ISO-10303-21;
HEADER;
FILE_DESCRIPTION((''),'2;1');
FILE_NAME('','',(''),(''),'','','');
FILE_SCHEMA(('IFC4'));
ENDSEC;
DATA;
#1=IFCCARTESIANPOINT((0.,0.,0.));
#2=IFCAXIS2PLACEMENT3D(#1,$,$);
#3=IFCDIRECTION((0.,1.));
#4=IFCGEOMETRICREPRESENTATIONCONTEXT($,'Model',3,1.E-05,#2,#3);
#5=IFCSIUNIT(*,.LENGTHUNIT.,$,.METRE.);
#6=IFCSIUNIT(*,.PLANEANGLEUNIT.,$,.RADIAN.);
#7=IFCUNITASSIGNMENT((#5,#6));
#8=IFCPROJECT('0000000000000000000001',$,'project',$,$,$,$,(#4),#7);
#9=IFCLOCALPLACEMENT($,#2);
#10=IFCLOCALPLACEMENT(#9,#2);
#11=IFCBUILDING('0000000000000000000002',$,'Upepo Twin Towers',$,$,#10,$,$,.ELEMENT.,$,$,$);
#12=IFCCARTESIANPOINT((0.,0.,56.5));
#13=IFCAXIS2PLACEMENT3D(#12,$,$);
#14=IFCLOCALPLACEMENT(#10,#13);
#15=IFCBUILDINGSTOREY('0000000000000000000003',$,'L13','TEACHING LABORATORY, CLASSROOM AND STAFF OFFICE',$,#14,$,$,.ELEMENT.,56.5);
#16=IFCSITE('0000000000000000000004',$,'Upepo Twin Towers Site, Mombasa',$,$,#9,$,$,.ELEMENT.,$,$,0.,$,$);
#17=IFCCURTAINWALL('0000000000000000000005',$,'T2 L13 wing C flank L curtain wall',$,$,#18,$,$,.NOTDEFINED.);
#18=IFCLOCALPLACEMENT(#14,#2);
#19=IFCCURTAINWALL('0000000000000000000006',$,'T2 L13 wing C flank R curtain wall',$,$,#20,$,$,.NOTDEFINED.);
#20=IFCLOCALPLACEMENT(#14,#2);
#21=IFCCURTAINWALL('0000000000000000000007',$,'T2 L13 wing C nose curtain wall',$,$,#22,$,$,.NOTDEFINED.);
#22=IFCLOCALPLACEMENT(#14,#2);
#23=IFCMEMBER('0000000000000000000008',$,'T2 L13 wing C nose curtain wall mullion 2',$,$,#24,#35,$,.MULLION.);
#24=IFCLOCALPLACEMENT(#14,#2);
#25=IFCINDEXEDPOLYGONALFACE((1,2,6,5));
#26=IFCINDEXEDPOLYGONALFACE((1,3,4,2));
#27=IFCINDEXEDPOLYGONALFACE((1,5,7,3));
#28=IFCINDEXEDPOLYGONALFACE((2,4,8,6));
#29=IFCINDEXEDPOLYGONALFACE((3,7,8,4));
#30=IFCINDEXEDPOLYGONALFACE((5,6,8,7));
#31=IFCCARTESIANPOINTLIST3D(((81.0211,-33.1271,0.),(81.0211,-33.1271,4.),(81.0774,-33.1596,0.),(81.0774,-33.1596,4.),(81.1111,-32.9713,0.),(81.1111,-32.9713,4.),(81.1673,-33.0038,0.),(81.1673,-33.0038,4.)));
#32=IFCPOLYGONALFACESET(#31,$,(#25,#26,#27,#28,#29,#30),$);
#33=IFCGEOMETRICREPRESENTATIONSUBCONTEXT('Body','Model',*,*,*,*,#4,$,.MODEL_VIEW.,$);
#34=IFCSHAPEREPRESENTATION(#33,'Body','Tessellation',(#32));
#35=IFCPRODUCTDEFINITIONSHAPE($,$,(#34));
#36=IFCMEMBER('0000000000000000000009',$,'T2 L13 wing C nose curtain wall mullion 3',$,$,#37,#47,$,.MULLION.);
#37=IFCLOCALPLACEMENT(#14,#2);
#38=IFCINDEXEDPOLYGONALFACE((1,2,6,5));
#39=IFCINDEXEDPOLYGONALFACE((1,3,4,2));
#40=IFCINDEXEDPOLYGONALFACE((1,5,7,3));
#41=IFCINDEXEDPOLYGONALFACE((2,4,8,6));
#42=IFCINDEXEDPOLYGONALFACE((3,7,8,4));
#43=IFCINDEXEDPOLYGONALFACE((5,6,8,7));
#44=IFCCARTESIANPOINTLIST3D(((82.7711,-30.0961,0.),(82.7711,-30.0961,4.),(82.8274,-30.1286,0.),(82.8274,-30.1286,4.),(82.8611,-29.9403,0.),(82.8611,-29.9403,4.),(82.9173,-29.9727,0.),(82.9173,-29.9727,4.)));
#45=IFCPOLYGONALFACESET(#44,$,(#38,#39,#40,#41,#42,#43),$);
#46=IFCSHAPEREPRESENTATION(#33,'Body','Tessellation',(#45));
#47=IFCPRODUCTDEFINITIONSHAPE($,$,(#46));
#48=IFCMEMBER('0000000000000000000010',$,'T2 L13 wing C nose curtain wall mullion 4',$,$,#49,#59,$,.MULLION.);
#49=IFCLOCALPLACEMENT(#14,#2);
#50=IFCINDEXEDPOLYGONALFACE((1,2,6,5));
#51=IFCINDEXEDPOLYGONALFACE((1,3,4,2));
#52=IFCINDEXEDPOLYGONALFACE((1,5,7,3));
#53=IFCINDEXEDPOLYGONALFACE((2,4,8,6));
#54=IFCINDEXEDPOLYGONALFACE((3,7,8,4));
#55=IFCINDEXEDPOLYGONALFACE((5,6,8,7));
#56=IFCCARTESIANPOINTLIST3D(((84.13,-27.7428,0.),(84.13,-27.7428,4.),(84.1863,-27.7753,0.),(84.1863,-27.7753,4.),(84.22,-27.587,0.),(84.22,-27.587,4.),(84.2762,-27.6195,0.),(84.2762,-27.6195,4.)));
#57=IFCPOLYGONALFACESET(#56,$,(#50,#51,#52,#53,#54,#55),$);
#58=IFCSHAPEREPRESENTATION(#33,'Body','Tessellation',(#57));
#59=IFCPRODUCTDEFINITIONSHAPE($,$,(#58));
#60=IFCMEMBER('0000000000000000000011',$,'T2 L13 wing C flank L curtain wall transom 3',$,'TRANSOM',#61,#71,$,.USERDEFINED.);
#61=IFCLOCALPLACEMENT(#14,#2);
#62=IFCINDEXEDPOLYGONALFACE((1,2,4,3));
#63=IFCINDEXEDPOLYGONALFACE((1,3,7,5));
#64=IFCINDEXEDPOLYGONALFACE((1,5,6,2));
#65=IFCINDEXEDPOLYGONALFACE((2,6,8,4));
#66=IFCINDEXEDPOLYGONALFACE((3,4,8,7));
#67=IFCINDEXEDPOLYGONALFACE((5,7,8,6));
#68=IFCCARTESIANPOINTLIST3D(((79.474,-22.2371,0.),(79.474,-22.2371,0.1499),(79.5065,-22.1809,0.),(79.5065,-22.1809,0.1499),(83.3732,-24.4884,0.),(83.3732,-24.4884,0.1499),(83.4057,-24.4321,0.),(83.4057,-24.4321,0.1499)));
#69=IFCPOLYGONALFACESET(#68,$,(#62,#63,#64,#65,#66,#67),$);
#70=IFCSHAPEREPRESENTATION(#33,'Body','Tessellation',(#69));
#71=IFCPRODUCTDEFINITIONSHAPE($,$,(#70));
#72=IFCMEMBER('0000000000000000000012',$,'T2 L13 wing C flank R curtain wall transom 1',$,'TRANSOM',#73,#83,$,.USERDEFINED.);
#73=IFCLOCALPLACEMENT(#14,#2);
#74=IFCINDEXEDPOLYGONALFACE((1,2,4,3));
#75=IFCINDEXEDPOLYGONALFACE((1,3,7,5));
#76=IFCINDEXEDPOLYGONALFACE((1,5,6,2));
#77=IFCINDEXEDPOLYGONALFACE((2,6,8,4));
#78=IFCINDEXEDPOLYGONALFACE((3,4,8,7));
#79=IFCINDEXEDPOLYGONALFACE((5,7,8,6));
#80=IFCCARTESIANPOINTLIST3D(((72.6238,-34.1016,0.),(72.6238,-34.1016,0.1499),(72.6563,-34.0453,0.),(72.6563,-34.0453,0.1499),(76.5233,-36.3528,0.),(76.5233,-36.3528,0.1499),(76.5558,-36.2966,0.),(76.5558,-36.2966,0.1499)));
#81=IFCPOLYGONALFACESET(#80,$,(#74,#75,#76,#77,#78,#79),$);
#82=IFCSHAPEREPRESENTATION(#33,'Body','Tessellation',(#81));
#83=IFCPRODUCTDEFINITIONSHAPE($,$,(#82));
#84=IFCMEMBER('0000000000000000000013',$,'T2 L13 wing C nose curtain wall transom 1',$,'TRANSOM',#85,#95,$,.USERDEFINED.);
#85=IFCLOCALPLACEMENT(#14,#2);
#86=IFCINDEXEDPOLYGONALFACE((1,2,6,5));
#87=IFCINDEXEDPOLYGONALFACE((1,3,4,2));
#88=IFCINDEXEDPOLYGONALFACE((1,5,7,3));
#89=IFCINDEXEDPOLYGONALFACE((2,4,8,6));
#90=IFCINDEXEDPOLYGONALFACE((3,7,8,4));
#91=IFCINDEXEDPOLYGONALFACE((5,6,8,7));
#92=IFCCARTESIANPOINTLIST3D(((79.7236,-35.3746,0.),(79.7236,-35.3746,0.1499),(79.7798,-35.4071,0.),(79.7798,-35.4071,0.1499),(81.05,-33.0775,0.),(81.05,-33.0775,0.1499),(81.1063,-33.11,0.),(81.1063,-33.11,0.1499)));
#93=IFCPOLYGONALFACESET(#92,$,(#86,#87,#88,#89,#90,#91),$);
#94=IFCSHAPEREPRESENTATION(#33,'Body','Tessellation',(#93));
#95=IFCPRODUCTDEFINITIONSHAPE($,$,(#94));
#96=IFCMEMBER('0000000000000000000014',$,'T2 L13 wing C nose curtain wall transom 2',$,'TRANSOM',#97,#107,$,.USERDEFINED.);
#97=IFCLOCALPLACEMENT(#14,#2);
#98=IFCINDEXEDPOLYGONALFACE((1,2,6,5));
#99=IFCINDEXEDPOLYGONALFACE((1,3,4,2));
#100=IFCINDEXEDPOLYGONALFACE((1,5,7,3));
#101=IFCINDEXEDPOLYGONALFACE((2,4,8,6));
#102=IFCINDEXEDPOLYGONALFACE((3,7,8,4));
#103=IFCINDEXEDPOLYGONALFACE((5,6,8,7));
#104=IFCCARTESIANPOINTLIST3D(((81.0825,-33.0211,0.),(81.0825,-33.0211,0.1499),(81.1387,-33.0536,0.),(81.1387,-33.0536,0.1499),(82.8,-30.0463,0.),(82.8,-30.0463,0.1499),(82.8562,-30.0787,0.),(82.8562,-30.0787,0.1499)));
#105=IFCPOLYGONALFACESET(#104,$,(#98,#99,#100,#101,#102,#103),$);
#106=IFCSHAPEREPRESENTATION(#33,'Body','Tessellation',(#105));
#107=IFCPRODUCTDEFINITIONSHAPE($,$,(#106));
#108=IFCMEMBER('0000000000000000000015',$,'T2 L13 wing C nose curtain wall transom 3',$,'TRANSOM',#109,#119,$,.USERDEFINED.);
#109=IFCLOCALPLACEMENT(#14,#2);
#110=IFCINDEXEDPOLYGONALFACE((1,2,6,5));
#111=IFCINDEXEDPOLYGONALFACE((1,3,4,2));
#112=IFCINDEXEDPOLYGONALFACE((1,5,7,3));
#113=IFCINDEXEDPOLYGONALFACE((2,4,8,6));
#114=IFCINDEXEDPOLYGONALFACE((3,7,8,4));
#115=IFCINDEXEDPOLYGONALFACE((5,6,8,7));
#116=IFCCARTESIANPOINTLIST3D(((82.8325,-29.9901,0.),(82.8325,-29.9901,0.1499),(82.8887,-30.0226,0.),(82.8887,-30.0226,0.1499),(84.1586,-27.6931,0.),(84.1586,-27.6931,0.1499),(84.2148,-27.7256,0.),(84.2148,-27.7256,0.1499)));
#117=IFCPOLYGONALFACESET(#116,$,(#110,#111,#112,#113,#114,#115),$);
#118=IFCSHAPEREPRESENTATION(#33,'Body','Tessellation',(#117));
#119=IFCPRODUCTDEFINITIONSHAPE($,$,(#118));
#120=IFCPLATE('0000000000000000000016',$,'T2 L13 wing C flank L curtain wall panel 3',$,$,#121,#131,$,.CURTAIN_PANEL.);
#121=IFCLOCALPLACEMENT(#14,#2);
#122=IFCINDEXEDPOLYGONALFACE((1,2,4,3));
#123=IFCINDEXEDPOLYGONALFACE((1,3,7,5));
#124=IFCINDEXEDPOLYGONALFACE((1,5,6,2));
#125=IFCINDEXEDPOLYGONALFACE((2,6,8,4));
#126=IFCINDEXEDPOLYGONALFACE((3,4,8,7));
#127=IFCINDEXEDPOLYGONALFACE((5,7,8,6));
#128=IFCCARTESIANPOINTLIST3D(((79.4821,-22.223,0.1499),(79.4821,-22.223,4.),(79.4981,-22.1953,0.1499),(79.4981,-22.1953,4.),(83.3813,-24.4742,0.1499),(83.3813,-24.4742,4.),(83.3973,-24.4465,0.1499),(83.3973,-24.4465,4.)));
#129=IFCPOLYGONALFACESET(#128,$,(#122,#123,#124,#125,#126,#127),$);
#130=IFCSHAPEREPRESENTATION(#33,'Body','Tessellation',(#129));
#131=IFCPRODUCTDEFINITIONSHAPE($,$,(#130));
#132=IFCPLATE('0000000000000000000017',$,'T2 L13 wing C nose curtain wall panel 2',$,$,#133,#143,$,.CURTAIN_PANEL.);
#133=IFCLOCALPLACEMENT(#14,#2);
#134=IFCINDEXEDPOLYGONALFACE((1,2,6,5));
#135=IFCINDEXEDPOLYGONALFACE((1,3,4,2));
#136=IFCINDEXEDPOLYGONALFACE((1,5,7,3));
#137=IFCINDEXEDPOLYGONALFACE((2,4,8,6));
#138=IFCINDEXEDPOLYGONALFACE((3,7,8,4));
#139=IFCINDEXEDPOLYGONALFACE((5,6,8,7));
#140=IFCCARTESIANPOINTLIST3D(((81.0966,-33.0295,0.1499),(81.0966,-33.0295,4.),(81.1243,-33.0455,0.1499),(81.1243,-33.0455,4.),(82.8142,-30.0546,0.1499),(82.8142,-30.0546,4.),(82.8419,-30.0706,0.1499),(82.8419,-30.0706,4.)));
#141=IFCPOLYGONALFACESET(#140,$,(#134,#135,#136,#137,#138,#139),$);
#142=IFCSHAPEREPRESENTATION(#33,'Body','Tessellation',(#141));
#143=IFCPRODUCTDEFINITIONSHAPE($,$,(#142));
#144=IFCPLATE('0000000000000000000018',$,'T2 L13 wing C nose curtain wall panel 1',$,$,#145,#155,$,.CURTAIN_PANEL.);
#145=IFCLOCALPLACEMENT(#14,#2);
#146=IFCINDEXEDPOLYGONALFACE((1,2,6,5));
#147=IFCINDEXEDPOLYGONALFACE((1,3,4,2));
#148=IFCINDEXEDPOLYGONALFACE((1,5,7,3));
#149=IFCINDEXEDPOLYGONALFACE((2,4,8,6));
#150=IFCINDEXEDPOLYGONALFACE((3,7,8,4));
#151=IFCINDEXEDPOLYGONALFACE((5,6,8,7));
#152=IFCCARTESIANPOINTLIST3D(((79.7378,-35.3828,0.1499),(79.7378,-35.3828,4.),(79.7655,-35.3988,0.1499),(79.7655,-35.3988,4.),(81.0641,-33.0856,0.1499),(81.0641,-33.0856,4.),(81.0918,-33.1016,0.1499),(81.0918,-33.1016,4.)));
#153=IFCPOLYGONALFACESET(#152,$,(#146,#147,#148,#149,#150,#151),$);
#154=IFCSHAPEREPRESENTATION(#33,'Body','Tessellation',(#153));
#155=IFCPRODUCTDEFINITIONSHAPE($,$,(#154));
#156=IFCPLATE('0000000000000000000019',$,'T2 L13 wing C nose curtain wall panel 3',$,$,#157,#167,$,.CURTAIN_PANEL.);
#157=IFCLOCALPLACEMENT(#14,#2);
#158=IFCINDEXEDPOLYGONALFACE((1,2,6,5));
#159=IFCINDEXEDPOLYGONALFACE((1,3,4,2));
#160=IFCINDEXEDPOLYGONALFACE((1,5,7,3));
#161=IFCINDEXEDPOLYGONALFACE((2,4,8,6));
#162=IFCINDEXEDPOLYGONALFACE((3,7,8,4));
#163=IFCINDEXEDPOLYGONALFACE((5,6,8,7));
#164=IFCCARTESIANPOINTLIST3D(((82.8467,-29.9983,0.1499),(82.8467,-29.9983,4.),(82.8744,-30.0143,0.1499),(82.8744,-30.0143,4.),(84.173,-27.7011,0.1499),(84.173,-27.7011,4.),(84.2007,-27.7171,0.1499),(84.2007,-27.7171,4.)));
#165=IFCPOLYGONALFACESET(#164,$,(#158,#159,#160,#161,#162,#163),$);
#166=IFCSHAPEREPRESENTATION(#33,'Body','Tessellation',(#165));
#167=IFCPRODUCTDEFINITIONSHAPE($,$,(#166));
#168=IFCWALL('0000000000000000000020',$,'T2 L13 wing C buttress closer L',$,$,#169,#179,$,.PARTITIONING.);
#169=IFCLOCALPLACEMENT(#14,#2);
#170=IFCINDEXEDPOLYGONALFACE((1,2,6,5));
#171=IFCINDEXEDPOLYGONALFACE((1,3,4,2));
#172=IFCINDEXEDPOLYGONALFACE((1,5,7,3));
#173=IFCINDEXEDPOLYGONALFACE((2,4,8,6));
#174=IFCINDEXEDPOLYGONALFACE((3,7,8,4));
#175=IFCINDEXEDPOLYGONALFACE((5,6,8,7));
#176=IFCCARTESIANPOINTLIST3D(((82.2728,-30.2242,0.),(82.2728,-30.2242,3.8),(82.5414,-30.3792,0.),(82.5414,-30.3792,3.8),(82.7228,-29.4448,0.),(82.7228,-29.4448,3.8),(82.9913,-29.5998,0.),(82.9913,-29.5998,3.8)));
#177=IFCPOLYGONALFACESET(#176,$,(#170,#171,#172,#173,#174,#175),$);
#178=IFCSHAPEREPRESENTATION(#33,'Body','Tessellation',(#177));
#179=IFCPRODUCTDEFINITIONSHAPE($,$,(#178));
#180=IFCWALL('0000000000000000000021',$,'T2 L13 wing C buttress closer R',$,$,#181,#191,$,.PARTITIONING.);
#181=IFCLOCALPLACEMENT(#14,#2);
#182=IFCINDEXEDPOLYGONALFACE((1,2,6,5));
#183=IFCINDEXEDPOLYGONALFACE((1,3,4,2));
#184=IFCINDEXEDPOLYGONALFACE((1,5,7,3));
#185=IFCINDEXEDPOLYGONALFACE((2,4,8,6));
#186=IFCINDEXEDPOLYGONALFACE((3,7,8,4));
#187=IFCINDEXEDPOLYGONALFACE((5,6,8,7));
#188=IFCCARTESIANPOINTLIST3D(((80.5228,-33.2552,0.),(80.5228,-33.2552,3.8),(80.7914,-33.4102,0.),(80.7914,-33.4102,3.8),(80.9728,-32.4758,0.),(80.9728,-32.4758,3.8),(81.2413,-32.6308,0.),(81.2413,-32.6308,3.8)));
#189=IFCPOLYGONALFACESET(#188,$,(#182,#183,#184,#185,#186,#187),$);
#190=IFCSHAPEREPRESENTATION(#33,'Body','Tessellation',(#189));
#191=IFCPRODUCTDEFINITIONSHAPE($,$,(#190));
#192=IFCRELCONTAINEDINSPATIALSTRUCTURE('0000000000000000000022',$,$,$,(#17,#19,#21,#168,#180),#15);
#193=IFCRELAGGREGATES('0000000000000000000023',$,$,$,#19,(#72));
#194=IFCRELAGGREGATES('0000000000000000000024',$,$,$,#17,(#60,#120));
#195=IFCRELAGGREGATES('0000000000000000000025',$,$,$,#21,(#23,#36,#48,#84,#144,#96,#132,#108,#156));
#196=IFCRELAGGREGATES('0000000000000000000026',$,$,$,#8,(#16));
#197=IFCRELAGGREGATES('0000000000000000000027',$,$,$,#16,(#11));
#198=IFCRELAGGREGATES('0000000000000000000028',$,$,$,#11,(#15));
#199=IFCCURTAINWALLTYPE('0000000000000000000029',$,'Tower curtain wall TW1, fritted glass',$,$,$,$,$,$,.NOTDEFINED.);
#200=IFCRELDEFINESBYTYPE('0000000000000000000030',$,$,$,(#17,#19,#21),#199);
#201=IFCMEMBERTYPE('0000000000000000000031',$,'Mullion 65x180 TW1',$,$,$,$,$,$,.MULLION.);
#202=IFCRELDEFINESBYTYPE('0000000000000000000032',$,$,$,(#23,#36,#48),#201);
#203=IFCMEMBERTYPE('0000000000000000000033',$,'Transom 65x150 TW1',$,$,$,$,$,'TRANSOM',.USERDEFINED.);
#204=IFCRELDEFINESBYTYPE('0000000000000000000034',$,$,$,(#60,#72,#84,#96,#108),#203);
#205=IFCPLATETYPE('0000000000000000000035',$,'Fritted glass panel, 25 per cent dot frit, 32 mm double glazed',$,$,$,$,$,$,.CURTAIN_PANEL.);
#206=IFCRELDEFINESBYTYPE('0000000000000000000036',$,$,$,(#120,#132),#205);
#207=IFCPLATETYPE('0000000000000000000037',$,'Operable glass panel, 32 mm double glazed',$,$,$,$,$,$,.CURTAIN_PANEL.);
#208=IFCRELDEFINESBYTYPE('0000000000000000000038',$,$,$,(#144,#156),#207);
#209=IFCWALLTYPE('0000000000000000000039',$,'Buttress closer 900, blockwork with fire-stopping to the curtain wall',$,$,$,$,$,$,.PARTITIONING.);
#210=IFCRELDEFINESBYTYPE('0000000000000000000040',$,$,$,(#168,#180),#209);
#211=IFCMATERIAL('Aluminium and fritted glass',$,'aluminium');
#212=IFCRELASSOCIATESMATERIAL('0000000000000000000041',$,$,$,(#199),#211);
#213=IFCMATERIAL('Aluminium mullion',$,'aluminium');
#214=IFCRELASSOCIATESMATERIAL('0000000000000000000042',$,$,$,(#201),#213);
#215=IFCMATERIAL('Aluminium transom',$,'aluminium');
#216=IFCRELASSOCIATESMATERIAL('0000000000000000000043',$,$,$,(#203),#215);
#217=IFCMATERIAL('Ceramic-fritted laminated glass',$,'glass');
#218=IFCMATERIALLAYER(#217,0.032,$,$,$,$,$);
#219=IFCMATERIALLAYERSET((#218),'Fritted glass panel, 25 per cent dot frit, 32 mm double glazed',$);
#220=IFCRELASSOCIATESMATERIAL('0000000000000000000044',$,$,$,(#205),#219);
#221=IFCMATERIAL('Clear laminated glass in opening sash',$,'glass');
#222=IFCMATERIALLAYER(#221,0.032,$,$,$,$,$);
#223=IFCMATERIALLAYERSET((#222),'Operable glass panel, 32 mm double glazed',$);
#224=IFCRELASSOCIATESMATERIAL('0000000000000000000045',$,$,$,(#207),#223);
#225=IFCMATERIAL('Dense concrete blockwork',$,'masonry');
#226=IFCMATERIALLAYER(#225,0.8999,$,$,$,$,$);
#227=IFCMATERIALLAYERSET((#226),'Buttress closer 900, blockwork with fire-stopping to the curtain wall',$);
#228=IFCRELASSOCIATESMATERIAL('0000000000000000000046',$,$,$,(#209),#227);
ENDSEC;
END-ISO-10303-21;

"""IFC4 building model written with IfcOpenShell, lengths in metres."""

from ifc_helpers import new_model, si_unit, direction, frame, frame_2d, origin, origin_2d, place, context, subcontext, project, spatial, rectangle, extrude, material, layer, layer_set, material_profile, profile_set, type_object, element, aggregate, save


model = new_model("IFC4")

# Units and contexts
model_context = context("Model", 3, precision=1e-05, world=origin(), true_north=direction((0.0, 1.0)))
body_context = subcontext(model_context, "Body", "Model", "MODEL_VIEW")
ifc_project = project(units=[si_unit("LENGTHUNIT", "METRE"), si_unit("PLANEANGLEUNIT", "RADIAN")], contexts=[model_context])

# Site, building, storey
site_placement = place(None, origin())
site = spatial("IfcSite", under=ifc_project, at=site_placement, Name="Upepo Twin Towers Site, Mombasa", CompositionType="ELEMENT", RefElevation=0.0)
building_placement = place(site_placement, origin())
building = spatial("IfcBuilding", under=site, at=building_placement, Name="Upepo Twin Towers", CompositionType="ELEMENT")
storey_placement = place(building_placement, frame((0.0, 0.0, 56.5)))
storey = spatial("IfcBuildingStorey", under=building, at=storey_placement, Name="L13", Description="TEACHING LABORATORY, CLASSROOM AND STAFF OFFICE", CompositionType="ELEMENT", Elevation=56.5)

# Curtain wall
ifc_material_1 = material(Name="Aluminium and fritted glass", Category="aluminium")
curtain_wall_type = type_object("IfcCurtainWallType", Name="Tower curtain wall TW1, fritted glass", PredefinedType="NOTDEFINED", material=ifc_material_1)
curtain_wall_1_placement = place(storey_placement, origin())
curtain_wall_1 = element("IfcCurtainWall", 1, at=curtain_wall_1_placement, inside=storey, type_object=curtain_wall_type, Name="T2 L13 wing C flank L curtain wall", PredefinedType="NOTDEFINED")
ifc_material_2 = material(Name="Aluminium mullion", Category="aluminium")
ifc_material_profile_1 = material_profile(ifc_material_2, rectangle(XDim=0.0649, YDim=0.1799, at=origin_2d()), Name="MULLION 65x180")
ifc_profile_set_1 = profile_set([ifc_material_profile_1], Name="Aluminium mullion")
member_type_1 = type_object("IfcMemberType", Name="Mullion 65x180 TW1", PredefinedType="MULLION", material=ifc_profile_set_1)

# Curtain wall
curtain_wall_2_placement = place(storey_placement, origin())
curtain_wall_2 = element("IfcCurtainWall", 2, at=curtain_wall_2_placement, inside=storey, type_object=curtain_wall_type, Name="T2 L13 wing C flank R curtain wall", PredefinedType="NOTDEFINED")

# Curtain wall, members
curtain_wall_3_placement = place(storey_placement, origin())
curtain_wall_3 = element("IfcCurtainWall", 3, at=curtain_wall_3_placement, inside=storey, type_object=curtain_wall_type, Name="T2 L13 wing C nose curtain wall", PredefinedType="NOTDEFINED")
member_1_placement = place(storey_placement, frame((81.0942, -33.0654, 0.0), z_axis=(0.0, 0.0, 1.0), x_axis=(-0.866025, 0.5, 0.0)))
member_1 = element("IfcMember", 4, at=member_1_placement, type_object=member_type_1, Name="T2 L13 wing C nose curtain wall mullion 2", PredefinedType="MULLION", context=body_context, shape_type="SweptSolid", body=[
    extrude(rectangle(XDim=0.0649, YDim=0.1799, at=origin_2d()), origin(), (0.0, 0.0, 1.0), 4.0),
])
member_2_placement = place(storey_placement, frame((82.8442, -30.0344, 0.0), z_axis=(0.0, 0.0, 1.0), x_axis=(-0.866025, 0.5, 0.0)))
member_2 = element("IfcMember", 5, at=member_2_placement, type_object=member_type_1, Name="T2 L13 wing C nose curtain wall mullion 3", PredefinedType="MULLION", context=body_context, shape_type="SweptSolid", body=[
    extrude(rectangle(XDim=0.0649, YDim=0.1799, at=origin_2d()), origin(), (0.0, 0.0, 1.0), 4.0),
])
member_3_placement = place(storey_placement, frame((84.2031, -27.6812, 0.0), z_axis=(0.0, 0.0, 1.0), x_axis=(-0.866025, 0.5, 0.0)))
member_3 = element("IfcMember", 6, at=member_3_placement, type_object=member_type_1, Name="T2 L13 wing C nose curtain wall mullion 4", PredefinedType="MULLION", context=body_context, shape_type="SweptSolid", body=[
    extrude(rectangle(XDim=0.0649, YDim=0.1799, at=origin_2d()), origin(), (0.0, 0.0, 1.0), 4.0),
])

# Members
ifc_material_3 = material(Name="Aluminium transom", Category="aluminium")
ifc_material_profile_2 = material_profile(ifc_material_3, rectangle(XDim=0.0649, YDim=0.1499, at=origin_2d()), Name="TRANSOM 65x150")
ifc_profile_set_2 = profile_set([ifc_material_profile_2], Name="Aluminium transom")
member_type_2 = type_object("IfcMemberType", Name="Transom 65x150 TW1", ElementType="TRANSOM", PredefinedType="USERDEFINED", material=ifc_profile_set_2)
member_4_placement = place(storey_placement, frame((79.4902, -22.209, 0.075), z_axis=(0.866022, -0.500006, 0.0), x_axis=(0.500006, 0.866022, 0.0)))
member_4 = element("IfcMember", 7, at=member_4_placement, type_object=member_type_2, Name="T2 L13 wing C flank L curtain wall transom 3", ObjectType="TRANSOM", PredefinedType="USERDEFINED", context=body_context, shape_type="SweptSolid", body=[
    extrude(rectangle(XDim=0.0649, YDim=0.1499, at=origin_2d()), origin(), (0.0, 0.0, 1.0), 4.5024),
])
member_5_placement = place(storey_placement, frame((76.5396, -36.3247, 0.075), z_axis=(-0.866036, 0.499982, 0.0), x_axis=(-0.499982, -0.866036, 0.0)))
member_5 = element("IfcMember", 8, at=member_5_placement, type_object=member_type_2, Name="T2 L13 wing C flank R curtain wall transom 1", ObjectType="TRANSOM", PredefinedType="USERDEFINED", context=body_context, shape_type="SweptSolid", body=[
    extrude(rectangle(XDim=0.0649, YDim=0.1499, at=origin_2d()), origin(), (0.0, 0.0, 1.0), 4.5027),
])
aggregate(curtain_wall_2, [member_5])
member_6_placement = place(storey_placement, frame((79.7517, -35.3909, 0.075), z_axis=(0.500049, 0.865997, 0.0), x_axis=(-0.865997, 0.500049, 0.0)))
member_6 = element("IfcMember", 9, at=member_6_placement, type_object=member_type_2, Name="T2 L13 wing C nose curtain wall transom 1", ObjectType="TRANSOM", PredefinedType="USERDEFINED", context=body_context, shape_type="SweptSolid", body=[
    extrude(rectangle(XDim=0.0649, YDim=0.1499, at=origin_2d()), origin(), (0.0, 0.0, 1.0), 2.6526),
])
member_7_placement = place(storey_placement, frame((81.1106, -33.0374, 0.075), z_axis=(0.499999, 0.866026, 0.0), x_axis=(-0.866026, 0.499999, 0.0)))
member_7 = element("IfcMember", 10, at=member_7_placement, type_object=member_type_2, Name="T2 L13 wing C nose curtain wall transom 2", ObjectType="TRANSOM", PredefinedType="USERDEFINED", context=body_context, shape_type="SweptSolid", body=[
    extrude(rectangle(XDim=0.0649, YDim=0.1499, at=origin_2d()), origin(), (0.0, 0.0, 1.0), 3.4351),
])
member_8_placement = place(storey_placement, frame((82.8606, -30.0063, 0.075), z_axis=(0.49998, 0.866037, 0.0), x_axis=(-0.866037, 0.49998, 0.0)))
member_8 = element("IfcMember", 11, at=member_8_placement, type_object=member_type_2, Name="T2 L13 wing C nose curtain wall transom 3", ObjectType="TRANSOM", PredefinedType="USERDEFINED", context=body_context, shape_type="SweptSolid", body=[
    extrude(rectangle(XDim=0.0649, YDim=0.1499, at=origin_2d()), origin(), (0.0, 0.0, 1.0), 2.6523),
])

# Plates
ifc_material_4 = material(Name="Ceramic-fritted laminated glass", Category="glass")
ifc_layer_1 = layer(ifc_material_4, 0.032)
ifc_layer_set_1 = layer_set([ifc_layer_1], Name="Fritted glass panel, 25 per cent dot frit, 32 mm double glazed")
plate_type_1 = type_object("IfcPlateType", Name="Fritted glass panel, 25 per cent dot frit, 32 mm double glazed", PredefinedType="CURTAIN_PANEL", material=ifc_layer_set_1)
plate_1_placement = place(storey_placement, frame((81.4397, -23.3347, 0.1499), z_axis=(0.0, 0.0, 1.0), x_axis=(0.866025, -0.5, 0.0)))
plate_1 = element("IfcPlate", 12, at=plate_1_placement, type_object=plate_type_1, Name="T2 L13 wing C flank L curtain wall panel 3", PredefinedType="CURTAIN_PANEL", context=body_context, shape_type="SweptSolid", body=[
    extrude(rectangle(XDim=4.5024, YDim=0.032, at=origin_2d()), origin(), (0.0, 0.0, 1.0), 3.8501),
])
aggregate(curtain_wall_1, [member_4, plate_1])
plate_2_placement = place(storey_placement, frame((81.9692, -31.55, 0.1499), z_axis=(0.0, 0.0, 1.0), x_axis=(0.5, 0.866025, 0.0)))
plate_2 = element("IfcPlate", 13, at=plate_2_placement, type_object=plate_type_1, Name="T2 L13 wing C nose curtain wall panel 2", PredefinedType="CURTAIN_PANEL", context=body_context, shape_type="SweptSolid", body=[
    extrude(rectangle(XDim=3.4351, YDim=0.032, at=origin_2d()), origin(), (0.0, 0.0, 1.0), 3.8501),
])
ifc_material_5 = material(Name="Clear laminated glass in opening sash", Category="glass")
ifc_layer_2 = layer(ifc_material_5, 0.032)
ifc_layer_set_2 = layer_set([ifc_layer_2], Name="Operable glass panel, 32 mm double glazed")
plate_type_2 = type_object("IfcPlateType", Name="Operable glass panel, 32 mm double glazed", PredefinedType="CURTAIN_PANEL", material=ifc_layer_set_2)
plate_3_placement = place(storey_placement, frame((80.4148, -34.2422, 0.1499), z_axis=(0.0, 0.0, 1.0), x_axis=(0.5, 0.866025, 0.0)))
plate_3 = element("IfcPlate", 14, at=plate_3_placement, type_object=plate_type_2, Name="T2 L13 wing C nose curtain wall panel 1", PredefinedType="CURTAIN_PANEL", context=body_context, shape_type="SweptSolid", body=[
    extrude(rectangle(XDim=2.6526, YDim=0.032, at=origin_2d()), origin(), (0.0, 0.0, 1.0), 3.8501),
])
plate_4_placement = place(storey_placement, frame((83.5237, -28.8577, 0.1499), z_axis=(0.0, 0.0, 1.0), x_axis=(0.5, 0.866025, 0.0)))
plate_4 = element("IfcPlate", 15, at=plate_4_placement, type_object=plate_type_2, Name="T2 L13 wing C nose curtain wall panel 3", PredefinedType="CURTAIN_PANEL", context=body_context, shape_type="SweptSolid", body=[
    extrude(rectangle(XDim=2.6526, YDim=0.032, at=origin_2d()), origin(), (0.0, 0.0, 1.0), 3.8501),
])
aggregate(curtain_wall_3, [member_1, member_2, member_3, member_6, plate_3, member_7, plate_2, member_8, plate_4])

# Walls
ifc_material_6 = material(Name="Dense concrete blockwork", Category="masonry")
ifc_layer_3 = layer(ifc_material_6, 0.8999)
ifc_layer_set_3 = layer_set([ifc_layer_3], Name="Buttress closer 900, blockwork with fire-stopping to the curtain wall")
wall_type_1 = type_object("IfcWallType", Name="Buttress closer 900, blockwork with fire-stopping to the curtain wall", PredefinedType="PARTITIONING", material=ifc_layer_set_3)
for number, where, z_axis, x_axis, name in (
    (16, (82.4978, -29.8345, 0.0), (0.0, 0.0, 1.0), (0.866054, -0.49995, 0.0), "T2 L13 wing C buttress closer L"),
    (17, (80.7478, -32.8655, 0.0), (0.0, 0.0, 1.0), (0.866054, -0.49995, 0.0), "T2 L13 wing C buttress closer R"),
):
    element("IfcWall", number, at=place(storey_placement, frame(where, z_axis=z_axis, x_axis=x_axis)), inside=storey, type_object=wall_type_1, Name=name, PredefinedType="PARTITIONING", context=body_context, shape_type="SweptSolid", body=[
        extrude(rectangle(XDim=0.3101, YDim=0.8999, at=frame_2d((0.155, 0.0))), origin(), (0.0, 0.0, 1.0), 3.8),
    ])

save(model, "model.ifc")
